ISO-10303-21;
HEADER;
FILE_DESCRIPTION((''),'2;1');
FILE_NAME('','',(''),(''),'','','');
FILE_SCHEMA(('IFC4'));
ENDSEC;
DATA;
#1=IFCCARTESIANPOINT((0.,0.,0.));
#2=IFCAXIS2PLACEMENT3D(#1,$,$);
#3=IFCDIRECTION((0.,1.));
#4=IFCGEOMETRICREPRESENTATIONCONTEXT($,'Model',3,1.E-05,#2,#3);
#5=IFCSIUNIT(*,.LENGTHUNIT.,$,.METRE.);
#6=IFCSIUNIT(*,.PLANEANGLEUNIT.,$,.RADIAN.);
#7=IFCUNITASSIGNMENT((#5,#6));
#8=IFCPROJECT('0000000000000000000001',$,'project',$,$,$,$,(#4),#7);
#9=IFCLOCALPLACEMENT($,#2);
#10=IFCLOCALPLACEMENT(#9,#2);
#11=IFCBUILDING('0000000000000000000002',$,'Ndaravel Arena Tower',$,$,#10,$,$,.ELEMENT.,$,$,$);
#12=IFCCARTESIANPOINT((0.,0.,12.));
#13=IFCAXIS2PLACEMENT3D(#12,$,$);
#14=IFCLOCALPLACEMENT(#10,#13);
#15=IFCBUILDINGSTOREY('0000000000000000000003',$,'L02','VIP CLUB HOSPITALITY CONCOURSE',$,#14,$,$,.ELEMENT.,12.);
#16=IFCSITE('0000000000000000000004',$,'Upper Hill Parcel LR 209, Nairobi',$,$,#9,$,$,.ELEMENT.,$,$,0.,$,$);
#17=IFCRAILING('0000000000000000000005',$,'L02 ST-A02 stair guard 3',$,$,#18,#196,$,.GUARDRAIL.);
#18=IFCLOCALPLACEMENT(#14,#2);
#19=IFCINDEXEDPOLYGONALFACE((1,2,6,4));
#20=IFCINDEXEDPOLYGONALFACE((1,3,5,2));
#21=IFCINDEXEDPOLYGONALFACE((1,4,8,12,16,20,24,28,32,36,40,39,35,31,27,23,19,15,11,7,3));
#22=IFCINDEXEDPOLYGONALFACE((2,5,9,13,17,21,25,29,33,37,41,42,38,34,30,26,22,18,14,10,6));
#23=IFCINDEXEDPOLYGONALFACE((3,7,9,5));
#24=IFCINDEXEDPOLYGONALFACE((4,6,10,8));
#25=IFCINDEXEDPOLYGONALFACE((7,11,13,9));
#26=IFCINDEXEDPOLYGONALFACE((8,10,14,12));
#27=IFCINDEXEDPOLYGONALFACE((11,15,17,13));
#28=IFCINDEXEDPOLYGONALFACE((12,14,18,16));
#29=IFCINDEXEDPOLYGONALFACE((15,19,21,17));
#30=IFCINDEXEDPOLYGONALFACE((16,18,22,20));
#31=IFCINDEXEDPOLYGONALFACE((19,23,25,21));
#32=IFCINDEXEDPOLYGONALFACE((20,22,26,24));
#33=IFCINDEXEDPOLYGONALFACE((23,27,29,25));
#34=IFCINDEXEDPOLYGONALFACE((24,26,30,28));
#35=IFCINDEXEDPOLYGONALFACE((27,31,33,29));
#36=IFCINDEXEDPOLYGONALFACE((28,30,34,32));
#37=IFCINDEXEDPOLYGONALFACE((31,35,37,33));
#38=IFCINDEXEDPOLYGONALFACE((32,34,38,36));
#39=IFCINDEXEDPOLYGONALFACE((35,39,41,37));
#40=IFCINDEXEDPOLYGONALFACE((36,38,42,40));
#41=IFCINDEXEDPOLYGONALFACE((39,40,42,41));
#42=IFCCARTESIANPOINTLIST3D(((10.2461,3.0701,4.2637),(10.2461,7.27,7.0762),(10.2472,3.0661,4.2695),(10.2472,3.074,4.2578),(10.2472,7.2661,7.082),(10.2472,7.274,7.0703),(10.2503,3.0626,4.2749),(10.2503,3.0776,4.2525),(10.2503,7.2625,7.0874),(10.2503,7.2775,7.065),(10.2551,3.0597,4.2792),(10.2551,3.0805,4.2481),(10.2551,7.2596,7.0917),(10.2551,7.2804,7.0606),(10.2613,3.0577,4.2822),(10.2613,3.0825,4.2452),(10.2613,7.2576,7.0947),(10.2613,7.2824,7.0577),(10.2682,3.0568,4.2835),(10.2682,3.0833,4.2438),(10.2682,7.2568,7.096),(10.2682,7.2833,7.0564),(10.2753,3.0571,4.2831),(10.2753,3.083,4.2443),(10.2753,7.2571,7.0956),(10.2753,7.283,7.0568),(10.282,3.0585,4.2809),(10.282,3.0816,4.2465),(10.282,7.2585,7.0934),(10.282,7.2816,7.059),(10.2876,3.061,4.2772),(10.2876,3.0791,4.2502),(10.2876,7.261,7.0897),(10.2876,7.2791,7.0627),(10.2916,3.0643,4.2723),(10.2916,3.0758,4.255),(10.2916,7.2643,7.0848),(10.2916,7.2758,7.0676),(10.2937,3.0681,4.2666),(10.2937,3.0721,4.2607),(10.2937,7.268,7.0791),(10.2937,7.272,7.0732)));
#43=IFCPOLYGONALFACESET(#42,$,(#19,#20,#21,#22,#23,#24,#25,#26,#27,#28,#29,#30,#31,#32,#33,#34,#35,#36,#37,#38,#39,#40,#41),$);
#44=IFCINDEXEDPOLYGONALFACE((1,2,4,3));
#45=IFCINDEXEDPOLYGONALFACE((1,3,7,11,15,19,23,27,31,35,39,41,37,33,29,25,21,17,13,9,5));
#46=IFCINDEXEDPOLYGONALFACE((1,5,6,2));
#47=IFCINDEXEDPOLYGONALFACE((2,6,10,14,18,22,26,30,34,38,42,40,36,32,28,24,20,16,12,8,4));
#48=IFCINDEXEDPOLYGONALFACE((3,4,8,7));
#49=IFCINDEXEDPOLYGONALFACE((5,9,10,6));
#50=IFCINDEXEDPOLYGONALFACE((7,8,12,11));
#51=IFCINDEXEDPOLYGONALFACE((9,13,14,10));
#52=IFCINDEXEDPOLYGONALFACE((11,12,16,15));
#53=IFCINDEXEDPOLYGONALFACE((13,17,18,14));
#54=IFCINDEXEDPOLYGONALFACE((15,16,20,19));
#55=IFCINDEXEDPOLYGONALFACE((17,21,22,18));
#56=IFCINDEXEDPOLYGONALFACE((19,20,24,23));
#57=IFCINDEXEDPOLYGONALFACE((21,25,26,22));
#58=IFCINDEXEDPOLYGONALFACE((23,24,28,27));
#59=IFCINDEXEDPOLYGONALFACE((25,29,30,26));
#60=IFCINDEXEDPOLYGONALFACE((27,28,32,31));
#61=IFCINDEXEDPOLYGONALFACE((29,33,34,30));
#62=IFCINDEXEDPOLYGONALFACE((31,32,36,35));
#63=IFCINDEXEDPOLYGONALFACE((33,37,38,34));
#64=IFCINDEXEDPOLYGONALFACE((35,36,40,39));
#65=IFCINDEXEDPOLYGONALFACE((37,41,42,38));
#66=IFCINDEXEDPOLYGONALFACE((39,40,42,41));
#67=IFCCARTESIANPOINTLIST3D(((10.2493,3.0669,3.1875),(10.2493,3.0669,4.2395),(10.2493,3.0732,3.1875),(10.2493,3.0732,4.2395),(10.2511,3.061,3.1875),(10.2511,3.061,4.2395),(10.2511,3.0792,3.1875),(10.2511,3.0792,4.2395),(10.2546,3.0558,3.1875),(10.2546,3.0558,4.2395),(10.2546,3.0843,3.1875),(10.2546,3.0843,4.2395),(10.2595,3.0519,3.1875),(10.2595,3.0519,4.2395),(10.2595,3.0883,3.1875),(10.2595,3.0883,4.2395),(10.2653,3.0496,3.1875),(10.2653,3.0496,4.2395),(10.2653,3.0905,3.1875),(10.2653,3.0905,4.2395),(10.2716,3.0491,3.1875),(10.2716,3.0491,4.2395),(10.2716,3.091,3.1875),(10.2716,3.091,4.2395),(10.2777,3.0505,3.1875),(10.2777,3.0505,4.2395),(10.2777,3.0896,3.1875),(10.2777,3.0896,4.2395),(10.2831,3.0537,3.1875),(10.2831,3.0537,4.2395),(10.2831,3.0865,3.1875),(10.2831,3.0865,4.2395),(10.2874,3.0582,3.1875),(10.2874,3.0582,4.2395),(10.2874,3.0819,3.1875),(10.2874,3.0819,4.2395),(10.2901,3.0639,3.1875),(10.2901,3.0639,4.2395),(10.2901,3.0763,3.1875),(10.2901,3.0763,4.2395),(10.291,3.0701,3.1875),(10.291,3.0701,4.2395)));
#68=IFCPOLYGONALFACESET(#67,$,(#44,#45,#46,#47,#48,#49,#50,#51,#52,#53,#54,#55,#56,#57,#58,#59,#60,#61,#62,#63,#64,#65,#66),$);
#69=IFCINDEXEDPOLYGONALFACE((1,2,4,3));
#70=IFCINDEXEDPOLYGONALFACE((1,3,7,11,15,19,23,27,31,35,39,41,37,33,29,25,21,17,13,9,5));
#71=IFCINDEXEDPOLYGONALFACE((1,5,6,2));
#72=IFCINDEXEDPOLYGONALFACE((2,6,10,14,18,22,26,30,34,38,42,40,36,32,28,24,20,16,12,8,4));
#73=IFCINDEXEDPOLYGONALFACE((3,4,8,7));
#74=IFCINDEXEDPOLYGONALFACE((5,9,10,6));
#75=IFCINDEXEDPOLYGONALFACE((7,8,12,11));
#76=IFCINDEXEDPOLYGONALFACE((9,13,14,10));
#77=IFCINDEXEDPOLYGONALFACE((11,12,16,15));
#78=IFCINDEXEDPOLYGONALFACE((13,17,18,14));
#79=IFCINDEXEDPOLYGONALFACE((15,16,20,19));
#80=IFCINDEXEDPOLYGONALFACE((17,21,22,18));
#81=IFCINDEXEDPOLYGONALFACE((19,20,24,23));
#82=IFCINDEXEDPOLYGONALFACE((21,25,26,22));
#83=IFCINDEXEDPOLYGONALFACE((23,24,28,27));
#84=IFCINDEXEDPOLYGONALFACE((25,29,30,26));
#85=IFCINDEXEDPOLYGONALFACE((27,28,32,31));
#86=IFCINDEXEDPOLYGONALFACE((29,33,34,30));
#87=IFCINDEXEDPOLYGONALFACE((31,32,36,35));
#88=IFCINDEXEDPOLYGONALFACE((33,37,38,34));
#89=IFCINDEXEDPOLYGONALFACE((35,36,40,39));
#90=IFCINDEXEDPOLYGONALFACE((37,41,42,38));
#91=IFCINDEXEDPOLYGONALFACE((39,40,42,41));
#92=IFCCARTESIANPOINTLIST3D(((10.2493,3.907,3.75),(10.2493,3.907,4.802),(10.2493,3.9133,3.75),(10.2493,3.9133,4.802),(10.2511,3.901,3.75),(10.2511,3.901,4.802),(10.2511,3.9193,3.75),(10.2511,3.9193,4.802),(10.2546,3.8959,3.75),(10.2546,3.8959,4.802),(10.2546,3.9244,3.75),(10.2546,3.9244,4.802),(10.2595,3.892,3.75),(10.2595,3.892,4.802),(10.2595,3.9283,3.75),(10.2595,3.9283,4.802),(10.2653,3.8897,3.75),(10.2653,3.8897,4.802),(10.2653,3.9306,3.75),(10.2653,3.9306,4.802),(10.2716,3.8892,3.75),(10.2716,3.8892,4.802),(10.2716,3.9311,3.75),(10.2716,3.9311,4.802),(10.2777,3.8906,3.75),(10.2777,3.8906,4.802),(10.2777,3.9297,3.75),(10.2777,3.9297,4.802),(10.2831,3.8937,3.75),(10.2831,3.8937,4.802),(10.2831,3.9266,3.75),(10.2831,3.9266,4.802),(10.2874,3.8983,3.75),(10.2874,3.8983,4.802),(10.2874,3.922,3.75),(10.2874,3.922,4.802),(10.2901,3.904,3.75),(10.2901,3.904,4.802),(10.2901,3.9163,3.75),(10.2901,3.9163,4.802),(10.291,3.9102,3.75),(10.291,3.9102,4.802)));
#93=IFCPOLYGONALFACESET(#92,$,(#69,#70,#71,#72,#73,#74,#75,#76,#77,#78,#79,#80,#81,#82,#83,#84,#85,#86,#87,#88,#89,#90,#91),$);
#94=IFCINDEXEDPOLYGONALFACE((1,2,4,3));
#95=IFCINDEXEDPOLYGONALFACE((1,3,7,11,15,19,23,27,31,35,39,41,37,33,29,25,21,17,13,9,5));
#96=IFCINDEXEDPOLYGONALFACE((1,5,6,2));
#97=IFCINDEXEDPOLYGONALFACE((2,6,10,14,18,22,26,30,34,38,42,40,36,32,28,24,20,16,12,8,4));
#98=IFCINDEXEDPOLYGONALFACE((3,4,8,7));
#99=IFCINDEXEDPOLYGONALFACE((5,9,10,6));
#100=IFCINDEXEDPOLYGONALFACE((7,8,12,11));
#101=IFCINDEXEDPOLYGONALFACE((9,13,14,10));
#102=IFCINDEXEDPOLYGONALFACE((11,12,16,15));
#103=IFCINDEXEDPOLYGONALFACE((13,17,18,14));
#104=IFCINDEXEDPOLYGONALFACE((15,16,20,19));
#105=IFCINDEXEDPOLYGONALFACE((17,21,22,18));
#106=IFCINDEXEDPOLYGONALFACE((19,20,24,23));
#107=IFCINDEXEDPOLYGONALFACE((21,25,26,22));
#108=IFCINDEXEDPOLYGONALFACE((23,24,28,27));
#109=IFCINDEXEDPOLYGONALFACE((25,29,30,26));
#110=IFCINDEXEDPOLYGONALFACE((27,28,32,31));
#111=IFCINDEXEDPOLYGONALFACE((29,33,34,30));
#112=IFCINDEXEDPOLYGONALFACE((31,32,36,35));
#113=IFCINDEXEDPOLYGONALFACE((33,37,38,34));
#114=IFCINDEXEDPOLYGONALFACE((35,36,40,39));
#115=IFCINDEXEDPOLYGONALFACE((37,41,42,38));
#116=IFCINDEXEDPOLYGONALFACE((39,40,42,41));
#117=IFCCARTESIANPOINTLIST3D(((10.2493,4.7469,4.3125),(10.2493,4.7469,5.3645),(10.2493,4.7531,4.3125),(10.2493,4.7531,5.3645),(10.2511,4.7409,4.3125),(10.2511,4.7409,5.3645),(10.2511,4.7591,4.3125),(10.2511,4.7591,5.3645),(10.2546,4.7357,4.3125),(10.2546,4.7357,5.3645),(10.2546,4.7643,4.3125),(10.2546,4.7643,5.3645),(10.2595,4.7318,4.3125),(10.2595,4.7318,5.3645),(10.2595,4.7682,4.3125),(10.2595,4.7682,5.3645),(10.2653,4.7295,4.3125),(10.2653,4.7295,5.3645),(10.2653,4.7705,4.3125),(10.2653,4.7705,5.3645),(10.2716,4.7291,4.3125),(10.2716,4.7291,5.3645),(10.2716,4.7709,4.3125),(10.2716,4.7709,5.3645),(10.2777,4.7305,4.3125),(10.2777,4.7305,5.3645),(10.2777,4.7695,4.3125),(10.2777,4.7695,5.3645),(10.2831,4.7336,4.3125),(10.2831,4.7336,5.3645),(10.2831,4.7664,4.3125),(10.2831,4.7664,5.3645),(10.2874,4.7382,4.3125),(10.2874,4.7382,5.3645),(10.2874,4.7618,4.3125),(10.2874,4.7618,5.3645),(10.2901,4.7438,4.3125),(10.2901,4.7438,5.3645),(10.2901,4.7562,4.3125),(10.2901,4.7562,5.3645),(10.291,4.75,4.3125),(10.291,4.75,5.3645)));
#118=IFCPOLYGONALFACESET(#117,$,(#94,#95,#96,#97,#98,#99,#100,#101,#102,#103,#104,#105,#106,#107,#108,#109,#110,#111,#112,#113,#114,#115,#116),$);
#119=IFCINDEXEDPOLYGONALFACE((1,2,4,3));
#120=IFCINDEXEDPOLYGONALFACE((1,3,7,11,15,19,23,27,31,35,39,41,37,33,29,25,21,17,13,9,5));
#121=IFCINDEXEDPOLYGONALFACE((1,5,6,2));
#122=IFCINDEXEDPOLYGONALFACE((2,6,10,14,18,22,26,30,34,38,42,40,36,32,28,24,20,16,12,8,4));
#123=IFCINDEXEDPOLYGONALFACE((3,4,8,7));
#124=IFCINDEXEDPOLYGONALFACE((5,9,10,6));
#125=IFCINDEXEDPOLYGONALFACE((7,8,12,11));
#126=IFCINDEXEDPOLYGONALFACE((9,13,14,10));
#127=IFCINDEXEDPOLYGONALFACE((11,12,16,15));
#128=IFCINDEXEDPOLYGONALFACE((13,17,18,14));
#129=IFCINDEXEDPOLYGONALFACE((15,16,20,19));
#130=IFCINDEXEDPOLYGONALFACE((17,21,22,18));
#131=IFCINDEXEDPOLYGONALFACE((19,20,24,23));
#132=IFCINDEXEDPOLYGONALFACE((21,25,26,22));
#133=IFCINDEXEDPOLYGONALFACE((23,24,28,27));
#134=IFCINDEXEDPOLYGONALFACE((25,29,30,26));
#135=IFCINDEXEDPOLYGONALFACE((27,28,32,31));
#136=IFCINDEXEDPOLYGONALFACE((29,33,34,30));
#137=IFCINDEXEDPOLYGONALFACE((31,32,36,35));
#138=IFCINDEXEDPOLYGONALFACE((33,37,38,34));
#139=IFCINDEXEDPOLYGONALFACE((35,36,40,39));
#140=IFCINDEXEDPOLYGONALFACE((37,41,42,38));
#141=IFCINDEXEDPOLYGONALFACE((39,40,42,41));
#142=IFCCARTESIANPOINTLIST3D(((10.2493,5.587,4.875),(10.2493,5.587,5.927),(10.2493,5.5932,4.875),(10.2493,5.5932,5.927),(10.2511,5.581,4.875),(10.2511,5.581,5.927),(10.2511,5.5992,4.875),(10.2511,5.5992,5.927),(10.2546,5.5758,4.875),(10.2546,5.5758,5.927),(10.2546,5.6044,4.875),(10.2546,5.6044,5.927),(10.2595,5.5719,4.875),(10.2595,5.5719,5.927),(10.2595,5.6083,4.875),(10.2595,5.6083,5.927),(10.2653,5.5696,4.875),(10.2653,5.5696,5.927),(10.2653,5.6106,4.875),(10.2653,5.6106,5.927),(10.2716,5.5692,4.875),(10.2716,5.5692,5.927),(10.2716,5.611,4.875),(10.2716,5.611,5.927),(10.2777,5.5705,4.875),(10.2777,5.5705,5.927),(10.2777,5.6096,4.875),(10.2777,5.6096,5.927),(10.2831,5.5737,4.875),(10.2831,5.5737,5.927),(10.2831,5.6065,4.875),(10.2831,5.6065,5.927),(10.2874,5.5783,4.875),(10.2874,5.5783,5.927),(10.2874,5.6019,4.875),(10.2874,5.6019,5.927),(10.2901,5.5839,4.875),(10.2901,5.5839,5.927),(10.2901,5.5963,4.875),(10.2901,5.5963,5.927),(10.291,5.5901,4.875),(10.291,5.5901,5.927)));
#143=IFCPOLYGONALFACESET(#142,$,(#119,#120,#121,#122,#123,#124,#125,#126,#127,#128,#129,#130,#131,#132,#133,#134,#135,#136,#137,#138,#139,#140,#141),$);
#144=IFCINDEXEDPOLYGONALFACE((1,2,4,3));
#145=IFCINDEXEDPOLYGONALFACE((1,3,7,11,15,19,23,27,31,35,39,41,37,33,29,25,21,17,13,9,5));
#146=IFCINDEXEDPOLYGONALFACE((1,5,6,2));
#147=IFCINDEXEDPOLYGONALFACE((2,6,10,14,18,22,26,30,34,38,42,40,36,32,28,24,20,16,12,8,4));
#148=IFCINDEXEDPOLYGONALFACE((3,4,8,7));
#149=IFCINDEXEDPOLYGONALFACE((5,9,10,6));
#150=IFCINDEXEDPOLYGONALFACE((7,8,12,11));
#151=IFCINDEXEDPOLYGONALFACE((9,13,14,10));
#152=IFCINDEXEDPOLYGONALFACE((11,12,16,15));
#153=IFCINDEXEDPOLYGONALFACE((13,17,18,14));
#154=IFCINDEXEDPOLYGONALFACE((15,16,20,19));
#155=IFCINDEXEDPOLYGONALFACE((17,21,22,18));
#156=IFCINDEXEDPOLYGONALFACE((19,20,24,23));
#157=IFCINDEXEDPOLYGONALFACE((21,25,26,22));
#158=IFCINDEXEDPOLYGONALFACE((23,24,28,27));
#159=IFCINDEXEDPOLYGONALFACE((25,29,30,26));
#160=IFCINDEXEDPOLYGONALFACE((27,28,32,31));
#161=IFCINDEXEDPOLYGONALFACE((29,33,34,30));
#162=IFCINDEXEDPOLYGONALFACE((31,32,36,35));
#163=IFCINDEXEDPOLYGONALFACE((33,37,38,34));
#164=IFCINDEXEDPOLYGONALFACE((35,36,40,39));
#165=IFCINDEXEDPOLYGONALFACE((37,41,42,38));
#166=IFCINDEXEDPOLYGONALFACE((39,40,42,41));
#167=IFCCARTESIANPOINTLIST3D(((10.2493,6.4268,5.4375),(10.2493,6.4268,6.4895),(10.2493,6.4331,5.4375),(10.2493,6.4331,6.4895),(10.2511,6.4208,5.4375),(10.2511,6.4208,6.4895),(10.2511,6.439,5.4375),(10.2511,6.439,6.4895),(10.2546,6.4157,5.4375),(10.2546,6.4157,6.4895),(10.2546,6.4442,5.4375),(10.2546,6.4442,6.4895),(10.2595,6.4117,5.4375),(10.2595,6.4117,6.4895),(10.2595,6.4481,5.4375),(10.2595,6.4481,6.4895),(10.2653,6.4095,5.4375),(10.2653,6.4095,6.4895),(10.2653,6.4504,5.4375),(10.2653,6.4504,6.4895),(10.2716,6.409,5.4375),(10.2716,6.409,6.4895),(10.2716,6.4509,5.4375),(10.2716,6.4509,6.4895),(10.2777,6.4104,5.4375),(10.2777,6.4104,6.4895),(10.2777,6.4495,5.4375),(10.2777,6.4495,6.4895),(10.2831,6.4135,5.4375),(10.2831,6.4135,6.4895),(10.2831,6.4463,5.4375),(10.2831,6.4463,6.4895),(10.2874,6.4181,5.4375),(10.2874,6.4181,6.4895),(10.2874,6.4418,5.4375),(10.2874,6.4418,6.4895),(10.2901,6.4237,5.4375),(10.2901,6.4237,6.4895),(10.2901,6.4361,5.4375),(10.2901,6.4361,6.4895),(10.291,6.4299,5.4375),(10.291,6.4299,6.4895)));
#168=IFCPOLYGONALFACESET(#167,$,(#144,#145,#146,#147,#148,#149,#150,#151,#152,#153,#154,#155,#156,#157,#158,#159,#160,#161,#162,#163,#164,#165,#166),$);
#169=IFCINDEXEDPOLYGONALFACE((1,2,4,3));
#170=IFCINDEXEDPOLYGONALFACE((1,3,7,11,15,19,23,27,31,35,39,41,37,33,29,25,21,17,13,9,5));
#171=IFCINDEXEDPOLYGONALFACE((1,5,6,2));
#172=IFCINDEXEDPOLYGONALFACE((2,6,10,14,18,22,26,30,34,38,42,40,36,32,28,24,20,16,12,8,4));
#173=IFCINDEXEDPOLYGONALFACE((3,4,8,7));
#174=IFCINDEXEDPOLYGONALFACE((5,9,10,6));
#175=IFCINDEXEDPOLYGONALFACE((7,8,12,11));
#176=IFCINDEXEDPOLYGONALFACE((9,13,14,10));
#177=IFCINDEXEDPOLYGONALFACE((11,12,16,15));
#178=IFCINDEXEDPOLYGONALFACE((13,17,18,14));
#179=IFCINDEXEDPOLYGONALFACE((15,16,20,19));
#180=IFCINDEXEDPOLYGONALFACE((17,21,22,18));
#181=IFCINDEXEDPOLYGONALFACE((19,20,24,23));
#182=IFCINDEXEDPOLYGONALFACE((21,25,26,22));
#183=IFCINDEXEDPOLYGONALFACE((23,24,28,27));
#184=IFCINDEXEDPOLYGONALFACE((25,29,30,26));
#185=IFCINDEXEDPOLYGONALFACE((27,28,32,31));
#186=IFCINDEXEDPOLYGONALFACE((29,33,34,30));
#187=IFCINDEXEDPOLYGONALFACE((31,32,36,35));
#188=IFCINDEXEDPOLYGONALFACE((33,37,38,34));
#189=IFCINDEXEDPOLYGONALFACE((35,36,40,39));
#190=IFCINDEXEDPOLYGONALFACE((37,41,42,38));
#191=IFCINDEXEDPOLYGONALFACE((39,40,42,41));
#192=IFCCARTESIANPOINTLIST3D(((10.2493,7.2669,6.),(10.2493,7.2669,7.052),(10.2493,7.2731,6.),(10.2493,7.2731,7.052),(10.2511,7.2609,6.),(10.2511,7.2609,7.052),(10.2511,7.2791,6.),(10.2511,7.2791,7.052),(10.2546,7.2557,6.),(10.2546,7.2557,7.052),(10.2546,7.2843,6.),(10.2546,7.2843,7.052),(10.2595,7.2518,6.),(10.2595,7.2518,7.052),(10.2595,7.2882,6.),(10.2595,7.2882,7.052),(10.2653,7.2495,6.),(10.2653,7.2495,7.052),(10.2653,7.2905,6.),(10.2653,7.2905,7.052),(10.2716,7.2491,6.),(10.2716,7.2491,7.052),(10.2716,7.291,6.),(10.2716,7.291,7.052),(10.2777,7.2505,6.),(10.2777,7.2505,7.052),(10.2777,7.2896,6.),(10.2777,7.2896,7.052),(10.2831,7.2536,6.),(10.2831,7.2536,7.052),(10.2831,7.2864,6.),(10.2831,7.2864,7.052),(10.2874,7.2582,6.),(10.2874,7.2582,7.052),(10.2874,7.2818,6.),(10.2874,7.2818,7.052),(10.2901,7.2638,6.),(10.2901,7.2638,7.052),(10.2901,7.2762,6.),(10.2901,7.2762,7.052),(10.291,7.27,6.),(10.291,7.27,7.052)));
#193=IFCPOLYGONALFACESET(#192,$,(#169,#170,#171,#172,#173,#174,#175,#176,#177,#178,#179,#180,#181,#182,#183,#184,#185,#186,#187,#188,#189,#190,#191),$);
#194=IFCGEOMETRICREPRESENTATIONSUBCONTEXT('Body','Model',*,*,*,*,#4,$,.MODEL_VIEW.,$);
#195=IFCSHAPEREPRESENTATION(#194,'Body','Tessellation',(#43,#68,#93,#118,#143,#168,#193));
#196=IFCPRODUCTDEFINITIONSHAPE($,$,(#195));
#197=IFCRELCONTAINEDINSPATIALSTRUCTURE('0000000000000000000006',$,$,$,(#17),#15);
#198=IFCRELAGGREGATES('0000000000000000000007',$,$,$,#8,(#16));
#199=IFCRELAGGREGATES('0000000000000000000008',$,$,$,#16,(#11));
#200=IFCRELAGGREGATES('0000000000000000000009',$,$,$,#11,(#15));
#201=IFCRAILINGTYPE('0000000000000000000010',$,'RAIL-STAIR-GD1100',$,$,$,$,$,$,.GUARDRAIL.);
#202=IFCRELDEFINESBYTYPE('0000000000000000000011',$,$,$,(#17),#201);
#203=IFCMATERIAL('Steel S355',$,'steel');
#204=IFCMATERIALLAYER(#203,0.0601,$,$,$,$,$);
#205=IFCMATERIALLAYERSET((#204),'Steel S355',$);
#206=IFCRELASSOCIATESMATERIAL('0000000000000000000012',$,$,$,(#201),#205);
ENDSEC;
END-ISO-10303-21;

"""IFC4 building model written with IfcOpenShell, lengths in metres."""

from ifc_helpers import new_model, si_unit, direction, frame, origin, origin_2d, place, context, subcontext, project, spatial, circle, extrude, material, layer, layer_set, type_object, element, save


model = new_model("IFC4")

# Units and contexts
model_context = context("Model", 3, precision=1e-05, world=origin(), true_north=direction((0.0, 1.0)))
body_context = subcontext(model_context, "Body", "Model", "MODEL_VIEW")
ifc_project = project(units=[si_unit("LENGTHUNIT", "METRE"), si_unit("PLANEANGLEUNIT", "RADIAN")], contexts=[model_context])

# Site, building, storey
site_placement = place(None, origin())
site = spatial("IfcSite", under=ifc_project, at=site_placement, Name="Upper Hill Parcel LR 209, Nairobi", CompositionType="ELEMENT", RefElevation=0.0)
building_placement = place(site_placement, origin())
building = spatial("IfcBuilding", under=site, at=building_placement, Name="Ndaravel Arena Tower", CompositionType="ELEMENT")
storey_placement = place(building_placement, frame((0.0, 0.0, 12.0)))
storey = spatial("IfcBuildingStorey", under=building, at=storey_placement, Name="L02", Description="VIP CLUB HOSPITALITY CONCOURSE", CompositionType="ELEMENT", Elevation=12.0)

# Railing
ifc_material_1 = material(Name="Steel S355", Category="steel")
ifc_layer_1 = layer(ifc_material_1, 0.0601)
ifc_layer_set_1 = layer_set([ifc_layer_1], Name="Steel S355")
railing_type_1 = type_object("IfcRailingType", Name="RAIL-STAIR-GD1100", PredefinedType="GUARDRAIL", material=ifc_layer_set_1)
railing_1_placement = place(storey_placement, frame((10.27, 3.0701, 3.1875)))
element("IfcRailing", 1, at=railing_1_placement, inside=storey, type_object=railing_type_1, Name="L02 ST-A02 stair guard 3", PredefinedType="GUARDRAIL", context=body_context, shape_type="SweptSolid", body=[
    extrude(circle(Radius=0.0239, at=origin_2d()), frame((0.0, 0.0, 1.0762), z_axis=(0.0, 0.830904, 0.556416), x_axis=(-1.0, 0.0, 0.0)), (0.0, 0.0, 1.0), 5.0547),
    extrude(circle(Radius=0.021, at=origin_2d()), origin(), (0.0, 0.0, 1.0), 1.052),
    extrude(circle(Radius=0.021, at=origin_2d()), frame((0.0, 0.8401, 0.5625)), (0.0, 0.0, 1.0), 1.052),
    extrude(circle(Radius=0.021, at=origin_2d()), frame((0.0, 1.6799, 1.125)), (0.0, 0.0, 1.0), 1.052),
    extrude(circle(Radius=0.021, at=origin_2d()), frame((0.0, 2.52, 1.6875)), (0.0, 0.0, 1.0), 1.052),
    extrude(circle(Radius=0.021, at=origin_2d()), frame((0.0, 3.3599, 2.25)), (0.0, 0.0, 1.0), 1.052),
    extrude(circle(Radius=0.021, at=origin_2d()), frame((0.0, 4.2, 2.8125)), (0.0, 0.0, 1.0), 1.052),
])

save(model, "model.ifc")
